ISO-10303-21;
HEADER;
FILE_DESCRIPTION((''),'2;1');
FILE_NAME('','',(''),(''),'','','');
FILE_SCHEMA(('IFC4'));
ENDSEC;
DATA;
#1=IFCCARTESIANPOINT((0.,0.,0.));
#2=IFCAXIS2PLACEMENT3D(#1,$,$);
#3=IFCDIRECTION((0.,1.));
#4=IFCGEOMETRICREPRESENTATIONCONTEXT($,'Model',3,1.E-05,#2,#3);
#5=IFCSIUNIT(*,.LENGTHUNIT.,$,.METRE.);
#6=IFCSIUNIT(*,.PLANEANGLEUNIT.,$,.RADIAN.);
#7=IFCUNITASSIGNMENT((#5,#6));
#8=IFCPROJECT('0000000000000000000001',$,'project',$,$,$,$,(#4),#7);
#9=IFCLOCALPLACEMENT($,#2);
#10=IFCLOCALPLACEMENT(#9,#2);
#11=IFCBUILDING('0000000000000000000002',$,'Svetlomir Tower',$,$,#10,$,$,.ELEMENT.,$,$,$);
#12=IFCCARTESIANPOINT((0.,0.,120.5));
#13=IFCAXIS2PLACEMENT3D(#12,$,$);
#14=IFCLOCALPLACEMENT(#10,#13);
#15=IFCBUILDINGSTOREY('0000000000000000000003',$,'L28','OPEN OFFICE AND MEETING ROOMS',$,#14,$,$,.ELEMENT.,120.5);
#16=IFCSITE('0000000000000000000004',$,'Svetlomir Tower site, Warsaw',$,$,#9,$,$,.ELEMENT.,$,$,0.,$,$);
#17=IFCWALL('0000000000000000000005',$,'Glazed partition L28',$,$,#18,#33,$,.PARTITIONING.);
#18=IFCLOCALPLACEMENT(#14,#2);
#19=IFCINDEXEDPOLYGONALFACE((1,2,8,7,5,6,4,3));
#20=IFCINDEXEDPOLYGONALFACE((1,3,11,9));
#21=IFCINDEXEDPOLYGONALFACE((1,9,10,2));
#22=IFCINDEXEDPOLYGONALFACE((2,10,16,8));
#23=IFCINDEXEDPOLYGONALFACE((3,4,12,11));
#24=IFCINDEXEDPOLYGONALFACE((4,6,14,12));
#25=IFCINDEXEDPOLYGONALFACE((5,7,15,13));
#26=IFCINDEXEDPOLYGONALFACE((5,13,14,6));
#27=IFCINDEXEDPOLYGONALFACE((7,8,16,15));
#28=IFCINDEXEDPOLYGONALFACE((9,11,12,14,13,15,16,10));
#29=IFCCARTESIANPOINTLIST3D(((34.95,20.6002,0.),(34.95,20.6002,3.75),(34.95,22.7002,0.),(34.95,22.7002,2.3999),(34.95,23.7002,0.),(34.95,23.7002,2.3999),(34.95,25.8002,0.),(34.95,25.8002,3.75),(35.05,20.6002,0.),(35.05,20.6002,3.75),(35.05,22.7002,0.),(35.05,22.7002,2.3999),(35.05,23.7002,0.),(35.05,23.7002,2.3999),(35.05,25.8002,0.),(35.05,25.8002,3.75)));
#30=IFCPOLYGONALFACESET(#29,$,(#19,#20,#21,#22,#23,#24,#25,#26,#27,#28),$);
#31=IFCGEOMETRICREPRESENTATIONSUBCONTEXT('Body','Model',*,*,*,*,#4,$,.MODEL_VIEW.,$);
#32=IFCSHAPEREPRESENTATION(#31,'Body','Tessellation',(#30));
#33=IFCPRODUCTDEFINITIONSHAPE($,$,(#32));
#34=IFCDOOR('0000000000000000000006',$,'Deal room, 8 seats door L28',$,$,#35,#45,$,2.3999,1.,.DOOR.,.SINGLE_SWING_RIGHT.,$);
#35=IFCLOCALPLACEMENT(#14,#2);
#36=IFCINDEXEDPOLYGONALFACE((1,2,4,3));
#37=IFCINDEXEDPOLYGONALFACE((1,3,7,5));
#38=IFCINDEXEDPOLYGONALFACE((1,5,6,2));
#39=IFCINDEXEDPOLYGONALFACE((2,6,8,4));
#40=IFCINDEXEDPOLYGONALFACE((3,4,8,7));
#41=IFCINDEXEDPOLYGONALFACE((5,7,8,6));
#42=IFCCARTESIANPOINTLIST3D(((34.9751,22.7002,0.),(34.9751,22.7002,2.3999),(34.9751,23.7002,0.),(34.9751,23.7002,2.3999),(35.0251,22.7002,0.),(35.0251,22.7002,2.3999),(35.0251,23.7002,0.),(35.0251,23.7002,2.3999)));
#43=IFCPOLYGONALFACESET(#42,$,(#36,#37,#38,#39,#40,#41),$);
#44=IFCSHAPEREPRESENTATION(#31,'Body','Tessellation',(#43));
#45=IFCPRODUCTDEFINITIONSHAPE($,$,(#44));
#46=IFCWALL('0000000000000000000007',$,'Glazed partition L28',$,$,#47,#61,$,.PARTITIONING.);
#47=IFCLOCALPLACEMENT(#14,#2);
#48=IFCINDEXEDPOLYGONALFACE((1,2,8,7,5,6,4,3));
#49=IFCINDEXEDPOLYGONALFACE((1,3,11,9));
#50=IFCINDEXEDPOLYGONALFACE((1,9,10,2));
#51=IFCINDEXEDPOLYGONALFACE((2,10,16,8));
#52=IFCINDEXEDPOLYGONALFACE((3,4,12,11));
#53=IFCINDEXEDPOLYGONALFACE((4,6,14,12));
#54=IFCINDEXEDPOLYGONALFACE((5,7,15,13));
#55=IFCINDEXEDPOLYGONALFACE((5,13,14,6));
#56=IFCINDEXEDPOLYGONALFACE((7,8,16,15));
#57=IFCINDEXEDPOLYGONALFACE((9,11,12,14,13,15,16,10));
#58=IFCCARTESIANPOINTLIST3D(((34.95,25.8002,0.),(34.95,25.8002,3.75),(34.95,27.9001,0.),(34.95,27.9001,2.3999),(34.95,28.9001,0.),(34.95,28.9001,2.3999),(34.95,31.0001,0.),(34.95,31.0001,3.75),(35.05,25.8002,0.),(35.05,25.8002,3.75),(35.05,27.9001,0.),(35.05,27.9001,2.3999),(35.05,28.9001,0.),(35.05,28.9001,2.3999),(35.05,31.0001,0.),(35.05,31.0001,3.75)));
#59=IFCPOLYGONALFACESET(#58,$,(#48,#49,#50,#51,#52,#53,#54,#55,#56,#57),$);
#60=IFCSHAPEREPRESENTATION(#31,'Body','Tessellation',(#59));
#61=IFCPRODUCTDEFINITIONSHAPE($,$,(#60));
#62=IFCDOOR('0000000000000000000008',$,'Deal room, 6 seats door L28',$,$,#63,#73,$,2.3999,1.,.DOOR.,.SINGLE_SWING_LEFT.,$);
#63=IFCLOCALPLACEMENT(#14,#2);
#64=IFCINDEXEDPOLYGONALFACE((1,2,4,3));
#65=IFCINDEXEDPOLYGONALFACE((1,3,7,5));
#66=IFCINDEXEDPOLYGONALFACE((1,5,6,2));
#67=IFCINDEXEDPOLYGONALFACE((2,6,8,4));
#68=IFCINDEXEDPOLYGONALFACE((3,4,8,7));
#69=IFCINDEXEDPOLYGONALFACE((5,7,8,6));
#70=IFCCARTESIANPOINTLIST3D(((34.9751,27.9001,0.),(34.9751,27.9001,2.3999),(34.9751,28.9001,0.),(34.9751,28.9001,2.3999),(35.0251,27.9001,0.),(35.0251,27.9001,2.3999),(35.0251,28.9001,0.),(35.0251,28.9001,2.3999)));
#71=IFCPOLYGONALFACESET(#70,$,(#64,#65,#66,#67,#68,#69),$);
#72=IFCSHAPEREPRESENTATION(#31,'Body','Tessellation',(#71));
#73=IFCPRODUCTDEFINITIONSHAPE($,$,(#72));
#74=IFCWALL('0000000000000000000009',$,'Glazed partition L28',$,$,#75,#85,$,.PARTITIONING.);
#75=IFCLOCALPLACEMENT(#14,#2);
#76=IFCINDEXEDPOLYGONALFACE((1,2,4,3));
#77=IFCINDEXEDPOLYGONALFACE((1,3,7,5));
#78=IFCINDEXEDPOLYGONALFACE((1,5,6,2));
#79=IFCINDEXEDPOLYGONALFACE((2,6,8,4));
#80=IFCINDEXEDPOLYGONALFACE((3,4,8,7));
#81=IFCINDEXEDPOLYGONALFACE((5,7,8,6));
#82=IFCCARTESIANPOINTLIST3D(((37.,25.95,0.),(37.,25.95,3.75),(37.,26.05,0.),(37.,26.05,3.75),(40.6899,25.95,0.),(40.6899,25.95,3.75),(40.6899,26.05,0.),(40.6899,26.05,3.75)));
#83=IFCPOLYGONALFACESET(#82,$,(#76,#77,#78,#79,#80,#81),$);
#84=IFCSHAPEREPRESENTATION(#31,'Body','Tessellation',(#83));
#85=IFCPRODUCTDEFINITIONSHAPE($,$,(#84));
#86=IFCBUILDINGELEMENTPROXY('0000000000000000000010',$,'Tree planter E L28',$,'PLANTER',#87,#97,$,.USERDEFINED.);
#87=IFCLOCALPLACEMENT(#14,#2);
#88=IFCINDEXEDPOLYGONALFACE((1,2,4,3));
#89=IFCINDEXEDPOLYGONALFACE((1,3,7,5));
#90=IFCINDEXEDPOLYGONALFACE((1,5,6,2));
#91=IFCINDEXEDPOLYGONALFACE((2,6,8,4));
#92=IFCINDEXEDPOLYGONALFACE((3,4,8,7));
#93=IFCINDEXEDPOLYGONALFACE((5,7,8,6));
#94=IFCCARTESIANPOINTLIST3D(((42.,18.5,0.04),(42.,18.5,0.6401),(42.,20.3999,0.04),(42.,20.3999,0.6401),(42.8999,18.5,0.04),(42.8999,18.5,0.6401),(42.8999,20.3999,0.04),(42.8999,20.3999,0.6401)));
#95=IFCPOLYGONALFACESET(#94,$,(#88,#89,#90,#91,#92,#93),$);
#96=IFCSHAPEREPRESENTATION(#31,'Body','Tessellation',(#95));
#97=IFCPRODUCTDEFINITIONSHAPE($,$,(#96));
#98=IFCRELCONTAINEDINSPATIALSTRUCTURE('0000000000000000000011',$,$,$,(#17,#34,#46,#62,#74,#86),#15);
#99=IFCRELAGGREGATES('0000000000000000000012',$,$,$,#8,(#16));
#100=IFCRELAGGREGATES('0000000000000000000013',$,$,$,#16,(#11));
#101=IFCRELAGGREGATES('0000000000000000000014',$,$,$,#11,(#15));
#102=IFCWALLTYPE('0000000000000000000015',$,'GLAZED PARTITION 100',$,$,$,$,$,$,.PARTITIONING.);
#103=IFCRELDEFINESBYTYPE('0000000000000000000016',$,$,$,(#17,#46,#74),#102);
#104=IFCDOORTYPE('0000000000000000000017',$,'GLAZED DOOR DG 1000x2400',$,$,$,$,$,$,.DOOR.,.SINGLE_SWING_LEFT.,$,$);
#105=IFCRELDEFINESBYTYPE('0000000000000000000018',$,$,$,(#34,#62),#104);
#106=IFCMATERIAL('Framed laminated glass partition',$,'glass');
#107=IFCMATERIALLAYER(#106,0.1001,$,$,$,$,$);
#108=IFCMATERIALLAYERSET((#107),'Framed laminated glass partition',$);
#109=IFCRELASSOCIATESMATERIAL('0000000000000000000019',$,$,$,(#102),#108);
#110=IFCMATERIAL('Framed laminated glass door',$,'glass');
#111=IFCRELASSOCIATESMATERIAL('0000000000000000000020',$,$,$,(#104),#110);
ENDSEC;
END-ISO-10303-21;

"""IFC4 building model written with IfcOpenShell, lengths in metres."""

from ifc_helpers import new_model, si_unit, direction, frame, frame_2d, origin, origin_2d, place, context, subcontext, project, spatial, rectangle, extrude, material, layer, layer_set, type_object, element, fill, save


model = new_model("IFC4")

# Units and contexts
model_context = context("Model", 3, precision=1e-05, world=origin(), true_north=direction((0.0, 1.0)))
body_context = subcontext(model_context, "Body", "Model", "MODEL_VIEW")
ifc_project = project(units=[si_unit("LENGTHUNIT", "METRE"), si_unit("PLANEANGLEUNIT", "RADIAN")], contexts=[model_context])

# Site, building, storey
site_placement = place(None, origin())
site = spatial("IfcSite", under=ifc_project, at=site_placement, Name="Svetlomir Tower site, Warsaw", CompositionType="ELEMENT", RefElevation=0.0)
building_placement = place(site_placement, origin())
building = spatial("IfcBuilding", under=site, at=building_placement, Name="Svetlomir Tower", CompositionType="ELEMENT")
storey_placement = place(building_placement, frame((0.0, 0.0, 120.5)))
storey = spatial("IfcBuildingStorey", under=building, at=storey_placement, Name="L28", Description="OPEN OFFICE AND MEETING ROOMS", CompositionType="ELEMENT", Elevation=120.5)

# Shared definitions
ifc_material_1 = material(Name="Framed laminated glass partition", Category="glass")
ifc_layer_1 = layer(ifc_material_1, 0.1001)
ifc_layer_set_1 = layer_set([ifc_layer_1], Name="Framed laminated glass partition")
wall_type_1 = type_object("IfcWallType", Name="GLAZED PARTITION 100", PredefinedType="PARTITIONING", material=ifc_layer_set_1)

# Walls, openings, doors
wall_1_placement = place(storey_placement, frame((35.0, 20.6001, 0.0), z_axis=(0.0, 0.0, 1.0), x_axis=(0.0, 1.0, 0.0)))
wall_1 = element("IfcWall", 1, at=wall_1_placement, inside=storey, type_object=wall_type_1, Name="Glazed partition L28", PredefinedType="PARTITIONING", context=body_context, shape_type="SweptSolid", body=[
    extrude(rectangle(XDim=5.2, YDim=0.1001, at=frame_2d((2.6001, 0.0))), origin(), (0.0, 0.0, 1.0), 3.75),
])
opening_1_placement = place(wall_1_placement, frame((2.1001, 0.0, 0.0)))
opening_1 = element("IfcOpeningElement", 2, at=opening_1_placement, cuts=wall_1, PredefinedType="OPENING", context=body_context, shape_type="SweptSolid", body=[
    extrude(rectangle(XDim=1.0, YDim=2.3999, at=frame_2d((0.5, 1.2))), frame((0.0, 0.0601, 0.0), z_axis=(0.0, -1.0, 0.0), x_axis=(1.0, 0.0, 0.0)), (0.0, 0.0, 1.0), 0.1201),
])
ifc_material_2 = material(Name="Framed laminated glass door", Category="glass")
door_type = type_object("IfcDoorType", Name="GLAZED DOOR DG 1000x2400", OperationType="SINGLE_SWING_LEFT", PredefinedType="DOOR", material=ifc_material_2)
door_1_placement = place(opening_1_placement, origin())
door_1 = element("IfcDoor", 3, at=door_1_placement, inside=storey, type_object=door_type, Name="Deal room, 8 seats door L28", OperationType="SINGLE_SWING_RIGHT", OverallHeight=2.3999, OverallWidth=1.0, PredefinedType="DOOR", context=body_context, shape_type="SweptSolid", body=[
    extrude(rectangle(XDim=1.0, YDim=2.3999, at=frame_2d((0.5, 1.2))), frame((0.0, 0.0249, 0.0), z_axis=(0.0, -1.0, 0.0), x_axis=(1.0, 0.0, 0.0)), (0.0, 0.0, 1.0), 0.05),
])
fill(opening_1, door_1)
wall_2_placement = place(storey_placement, frame((35.0, 25.8, 0.0), z_axis=(0.0, 0.0, 1.0), x_axis=(0.0, 1.0, 0.0)))
wall_2 = element("IfcWall", 4, at=wall_2_placement, inside=storey, type_object=wall_type_1, Name="Glazed partition L28", PredefinedType="PARTITIONING", context=body_context, shape_type="SweptSolid", body=[
    extrude(rectangle(XDim=5.2, YDim=0.1001, at=frame_2d((2.6001, 0.0))), origin(), (0.0, 0.0, 1.0), 3.75),
])
opening_2_placement = place(wall_2_placement, frame((2.1001, 0.0, 0.0)))
opening_2 = element("IfcOpeningElement", 5, at=opening_2_placement, cuts=wall_2, PredefinedType="OPENING", context=body_context, shape_type="SweptSolid", body=[
    extrude(rectangle(XDim=1.0, YDim=2.3999, at=frame_2d((0.5, 1.2))), frame((0.0, 0.0601, 0.0), z_axis=(0.0, -1.0, 0.0), x_axis=(1.0, 0.0, 0.0)), (0.0, 0.0, 1.0), 0.1201),
])
door_2_placement = place(opening_2_placement, origin())
door_2 = element("IfcDoor", 6, at=door_2_placement, inside=storey, type_object=door_type, Name="Deal room, 6 seats door L28", OperationType="SINGLE_SWING_LEFT", OverallHeight=2.3999, OverallWidth=1.0, PredefinedType="DOOR", context=body_context, shape_type="SweptSolid", body=[
    extrude(rectangle(XDim=1.0, YDim=2.3999, at=frame_2d((0.5, 1.2))), frame((0.0, 0.0249, 0.0), z_axis=(0.0, -1.0, 0.0), x_axis=(1.0, 0.0, 0.0)), (0.0, 0.0, 1.0), 0.05),
])
fill(opening_2, door_2)

# Wall
wall_3_placement = place(storey_placement, frame((37.0, 26.0, 0.0), z_axis=(0.0, 0.0, 1.0), x_axis=(1.0, 0.0, 0.0)))
element("IfcWall", 7, at=wall_3_placement, inside=storey, type_object=wall_type_1, Name="Glazed partition L28", PredefinedType="PARTITIONING", context=body_context, shape_type="SweptSolid", body=[
    extrude(rectangle(XDim=3.6899, YDim=0.1001, at=frame_2d((1.845, 0.0))), origin(), (0.0, 0.0, 1.0), 3.75),
])

# Building element proxy
proxy_placement = place(storey_placement, frame((42.45, 19.45, 0.04), z_axis=(0.0, 0.0, 1.0), x_axis=(1.0, 0.0, 0.0)))
element("IfcBuildingElementProxy", 8, at=proxy_placement, inside=storey, Name="Tree planter E L28", ObjectType="PLANTER", PredefinedType="USERDEFINED", context=body_context, shape_type="SweptSolid", body=[
    extrude(rectangle(XDim=0.8999, YDim=1.8999, at=origin_2d()), origin(), (0.0, 0.0, 1.0), 0.6001),
])

save(model, "model.ifc")
